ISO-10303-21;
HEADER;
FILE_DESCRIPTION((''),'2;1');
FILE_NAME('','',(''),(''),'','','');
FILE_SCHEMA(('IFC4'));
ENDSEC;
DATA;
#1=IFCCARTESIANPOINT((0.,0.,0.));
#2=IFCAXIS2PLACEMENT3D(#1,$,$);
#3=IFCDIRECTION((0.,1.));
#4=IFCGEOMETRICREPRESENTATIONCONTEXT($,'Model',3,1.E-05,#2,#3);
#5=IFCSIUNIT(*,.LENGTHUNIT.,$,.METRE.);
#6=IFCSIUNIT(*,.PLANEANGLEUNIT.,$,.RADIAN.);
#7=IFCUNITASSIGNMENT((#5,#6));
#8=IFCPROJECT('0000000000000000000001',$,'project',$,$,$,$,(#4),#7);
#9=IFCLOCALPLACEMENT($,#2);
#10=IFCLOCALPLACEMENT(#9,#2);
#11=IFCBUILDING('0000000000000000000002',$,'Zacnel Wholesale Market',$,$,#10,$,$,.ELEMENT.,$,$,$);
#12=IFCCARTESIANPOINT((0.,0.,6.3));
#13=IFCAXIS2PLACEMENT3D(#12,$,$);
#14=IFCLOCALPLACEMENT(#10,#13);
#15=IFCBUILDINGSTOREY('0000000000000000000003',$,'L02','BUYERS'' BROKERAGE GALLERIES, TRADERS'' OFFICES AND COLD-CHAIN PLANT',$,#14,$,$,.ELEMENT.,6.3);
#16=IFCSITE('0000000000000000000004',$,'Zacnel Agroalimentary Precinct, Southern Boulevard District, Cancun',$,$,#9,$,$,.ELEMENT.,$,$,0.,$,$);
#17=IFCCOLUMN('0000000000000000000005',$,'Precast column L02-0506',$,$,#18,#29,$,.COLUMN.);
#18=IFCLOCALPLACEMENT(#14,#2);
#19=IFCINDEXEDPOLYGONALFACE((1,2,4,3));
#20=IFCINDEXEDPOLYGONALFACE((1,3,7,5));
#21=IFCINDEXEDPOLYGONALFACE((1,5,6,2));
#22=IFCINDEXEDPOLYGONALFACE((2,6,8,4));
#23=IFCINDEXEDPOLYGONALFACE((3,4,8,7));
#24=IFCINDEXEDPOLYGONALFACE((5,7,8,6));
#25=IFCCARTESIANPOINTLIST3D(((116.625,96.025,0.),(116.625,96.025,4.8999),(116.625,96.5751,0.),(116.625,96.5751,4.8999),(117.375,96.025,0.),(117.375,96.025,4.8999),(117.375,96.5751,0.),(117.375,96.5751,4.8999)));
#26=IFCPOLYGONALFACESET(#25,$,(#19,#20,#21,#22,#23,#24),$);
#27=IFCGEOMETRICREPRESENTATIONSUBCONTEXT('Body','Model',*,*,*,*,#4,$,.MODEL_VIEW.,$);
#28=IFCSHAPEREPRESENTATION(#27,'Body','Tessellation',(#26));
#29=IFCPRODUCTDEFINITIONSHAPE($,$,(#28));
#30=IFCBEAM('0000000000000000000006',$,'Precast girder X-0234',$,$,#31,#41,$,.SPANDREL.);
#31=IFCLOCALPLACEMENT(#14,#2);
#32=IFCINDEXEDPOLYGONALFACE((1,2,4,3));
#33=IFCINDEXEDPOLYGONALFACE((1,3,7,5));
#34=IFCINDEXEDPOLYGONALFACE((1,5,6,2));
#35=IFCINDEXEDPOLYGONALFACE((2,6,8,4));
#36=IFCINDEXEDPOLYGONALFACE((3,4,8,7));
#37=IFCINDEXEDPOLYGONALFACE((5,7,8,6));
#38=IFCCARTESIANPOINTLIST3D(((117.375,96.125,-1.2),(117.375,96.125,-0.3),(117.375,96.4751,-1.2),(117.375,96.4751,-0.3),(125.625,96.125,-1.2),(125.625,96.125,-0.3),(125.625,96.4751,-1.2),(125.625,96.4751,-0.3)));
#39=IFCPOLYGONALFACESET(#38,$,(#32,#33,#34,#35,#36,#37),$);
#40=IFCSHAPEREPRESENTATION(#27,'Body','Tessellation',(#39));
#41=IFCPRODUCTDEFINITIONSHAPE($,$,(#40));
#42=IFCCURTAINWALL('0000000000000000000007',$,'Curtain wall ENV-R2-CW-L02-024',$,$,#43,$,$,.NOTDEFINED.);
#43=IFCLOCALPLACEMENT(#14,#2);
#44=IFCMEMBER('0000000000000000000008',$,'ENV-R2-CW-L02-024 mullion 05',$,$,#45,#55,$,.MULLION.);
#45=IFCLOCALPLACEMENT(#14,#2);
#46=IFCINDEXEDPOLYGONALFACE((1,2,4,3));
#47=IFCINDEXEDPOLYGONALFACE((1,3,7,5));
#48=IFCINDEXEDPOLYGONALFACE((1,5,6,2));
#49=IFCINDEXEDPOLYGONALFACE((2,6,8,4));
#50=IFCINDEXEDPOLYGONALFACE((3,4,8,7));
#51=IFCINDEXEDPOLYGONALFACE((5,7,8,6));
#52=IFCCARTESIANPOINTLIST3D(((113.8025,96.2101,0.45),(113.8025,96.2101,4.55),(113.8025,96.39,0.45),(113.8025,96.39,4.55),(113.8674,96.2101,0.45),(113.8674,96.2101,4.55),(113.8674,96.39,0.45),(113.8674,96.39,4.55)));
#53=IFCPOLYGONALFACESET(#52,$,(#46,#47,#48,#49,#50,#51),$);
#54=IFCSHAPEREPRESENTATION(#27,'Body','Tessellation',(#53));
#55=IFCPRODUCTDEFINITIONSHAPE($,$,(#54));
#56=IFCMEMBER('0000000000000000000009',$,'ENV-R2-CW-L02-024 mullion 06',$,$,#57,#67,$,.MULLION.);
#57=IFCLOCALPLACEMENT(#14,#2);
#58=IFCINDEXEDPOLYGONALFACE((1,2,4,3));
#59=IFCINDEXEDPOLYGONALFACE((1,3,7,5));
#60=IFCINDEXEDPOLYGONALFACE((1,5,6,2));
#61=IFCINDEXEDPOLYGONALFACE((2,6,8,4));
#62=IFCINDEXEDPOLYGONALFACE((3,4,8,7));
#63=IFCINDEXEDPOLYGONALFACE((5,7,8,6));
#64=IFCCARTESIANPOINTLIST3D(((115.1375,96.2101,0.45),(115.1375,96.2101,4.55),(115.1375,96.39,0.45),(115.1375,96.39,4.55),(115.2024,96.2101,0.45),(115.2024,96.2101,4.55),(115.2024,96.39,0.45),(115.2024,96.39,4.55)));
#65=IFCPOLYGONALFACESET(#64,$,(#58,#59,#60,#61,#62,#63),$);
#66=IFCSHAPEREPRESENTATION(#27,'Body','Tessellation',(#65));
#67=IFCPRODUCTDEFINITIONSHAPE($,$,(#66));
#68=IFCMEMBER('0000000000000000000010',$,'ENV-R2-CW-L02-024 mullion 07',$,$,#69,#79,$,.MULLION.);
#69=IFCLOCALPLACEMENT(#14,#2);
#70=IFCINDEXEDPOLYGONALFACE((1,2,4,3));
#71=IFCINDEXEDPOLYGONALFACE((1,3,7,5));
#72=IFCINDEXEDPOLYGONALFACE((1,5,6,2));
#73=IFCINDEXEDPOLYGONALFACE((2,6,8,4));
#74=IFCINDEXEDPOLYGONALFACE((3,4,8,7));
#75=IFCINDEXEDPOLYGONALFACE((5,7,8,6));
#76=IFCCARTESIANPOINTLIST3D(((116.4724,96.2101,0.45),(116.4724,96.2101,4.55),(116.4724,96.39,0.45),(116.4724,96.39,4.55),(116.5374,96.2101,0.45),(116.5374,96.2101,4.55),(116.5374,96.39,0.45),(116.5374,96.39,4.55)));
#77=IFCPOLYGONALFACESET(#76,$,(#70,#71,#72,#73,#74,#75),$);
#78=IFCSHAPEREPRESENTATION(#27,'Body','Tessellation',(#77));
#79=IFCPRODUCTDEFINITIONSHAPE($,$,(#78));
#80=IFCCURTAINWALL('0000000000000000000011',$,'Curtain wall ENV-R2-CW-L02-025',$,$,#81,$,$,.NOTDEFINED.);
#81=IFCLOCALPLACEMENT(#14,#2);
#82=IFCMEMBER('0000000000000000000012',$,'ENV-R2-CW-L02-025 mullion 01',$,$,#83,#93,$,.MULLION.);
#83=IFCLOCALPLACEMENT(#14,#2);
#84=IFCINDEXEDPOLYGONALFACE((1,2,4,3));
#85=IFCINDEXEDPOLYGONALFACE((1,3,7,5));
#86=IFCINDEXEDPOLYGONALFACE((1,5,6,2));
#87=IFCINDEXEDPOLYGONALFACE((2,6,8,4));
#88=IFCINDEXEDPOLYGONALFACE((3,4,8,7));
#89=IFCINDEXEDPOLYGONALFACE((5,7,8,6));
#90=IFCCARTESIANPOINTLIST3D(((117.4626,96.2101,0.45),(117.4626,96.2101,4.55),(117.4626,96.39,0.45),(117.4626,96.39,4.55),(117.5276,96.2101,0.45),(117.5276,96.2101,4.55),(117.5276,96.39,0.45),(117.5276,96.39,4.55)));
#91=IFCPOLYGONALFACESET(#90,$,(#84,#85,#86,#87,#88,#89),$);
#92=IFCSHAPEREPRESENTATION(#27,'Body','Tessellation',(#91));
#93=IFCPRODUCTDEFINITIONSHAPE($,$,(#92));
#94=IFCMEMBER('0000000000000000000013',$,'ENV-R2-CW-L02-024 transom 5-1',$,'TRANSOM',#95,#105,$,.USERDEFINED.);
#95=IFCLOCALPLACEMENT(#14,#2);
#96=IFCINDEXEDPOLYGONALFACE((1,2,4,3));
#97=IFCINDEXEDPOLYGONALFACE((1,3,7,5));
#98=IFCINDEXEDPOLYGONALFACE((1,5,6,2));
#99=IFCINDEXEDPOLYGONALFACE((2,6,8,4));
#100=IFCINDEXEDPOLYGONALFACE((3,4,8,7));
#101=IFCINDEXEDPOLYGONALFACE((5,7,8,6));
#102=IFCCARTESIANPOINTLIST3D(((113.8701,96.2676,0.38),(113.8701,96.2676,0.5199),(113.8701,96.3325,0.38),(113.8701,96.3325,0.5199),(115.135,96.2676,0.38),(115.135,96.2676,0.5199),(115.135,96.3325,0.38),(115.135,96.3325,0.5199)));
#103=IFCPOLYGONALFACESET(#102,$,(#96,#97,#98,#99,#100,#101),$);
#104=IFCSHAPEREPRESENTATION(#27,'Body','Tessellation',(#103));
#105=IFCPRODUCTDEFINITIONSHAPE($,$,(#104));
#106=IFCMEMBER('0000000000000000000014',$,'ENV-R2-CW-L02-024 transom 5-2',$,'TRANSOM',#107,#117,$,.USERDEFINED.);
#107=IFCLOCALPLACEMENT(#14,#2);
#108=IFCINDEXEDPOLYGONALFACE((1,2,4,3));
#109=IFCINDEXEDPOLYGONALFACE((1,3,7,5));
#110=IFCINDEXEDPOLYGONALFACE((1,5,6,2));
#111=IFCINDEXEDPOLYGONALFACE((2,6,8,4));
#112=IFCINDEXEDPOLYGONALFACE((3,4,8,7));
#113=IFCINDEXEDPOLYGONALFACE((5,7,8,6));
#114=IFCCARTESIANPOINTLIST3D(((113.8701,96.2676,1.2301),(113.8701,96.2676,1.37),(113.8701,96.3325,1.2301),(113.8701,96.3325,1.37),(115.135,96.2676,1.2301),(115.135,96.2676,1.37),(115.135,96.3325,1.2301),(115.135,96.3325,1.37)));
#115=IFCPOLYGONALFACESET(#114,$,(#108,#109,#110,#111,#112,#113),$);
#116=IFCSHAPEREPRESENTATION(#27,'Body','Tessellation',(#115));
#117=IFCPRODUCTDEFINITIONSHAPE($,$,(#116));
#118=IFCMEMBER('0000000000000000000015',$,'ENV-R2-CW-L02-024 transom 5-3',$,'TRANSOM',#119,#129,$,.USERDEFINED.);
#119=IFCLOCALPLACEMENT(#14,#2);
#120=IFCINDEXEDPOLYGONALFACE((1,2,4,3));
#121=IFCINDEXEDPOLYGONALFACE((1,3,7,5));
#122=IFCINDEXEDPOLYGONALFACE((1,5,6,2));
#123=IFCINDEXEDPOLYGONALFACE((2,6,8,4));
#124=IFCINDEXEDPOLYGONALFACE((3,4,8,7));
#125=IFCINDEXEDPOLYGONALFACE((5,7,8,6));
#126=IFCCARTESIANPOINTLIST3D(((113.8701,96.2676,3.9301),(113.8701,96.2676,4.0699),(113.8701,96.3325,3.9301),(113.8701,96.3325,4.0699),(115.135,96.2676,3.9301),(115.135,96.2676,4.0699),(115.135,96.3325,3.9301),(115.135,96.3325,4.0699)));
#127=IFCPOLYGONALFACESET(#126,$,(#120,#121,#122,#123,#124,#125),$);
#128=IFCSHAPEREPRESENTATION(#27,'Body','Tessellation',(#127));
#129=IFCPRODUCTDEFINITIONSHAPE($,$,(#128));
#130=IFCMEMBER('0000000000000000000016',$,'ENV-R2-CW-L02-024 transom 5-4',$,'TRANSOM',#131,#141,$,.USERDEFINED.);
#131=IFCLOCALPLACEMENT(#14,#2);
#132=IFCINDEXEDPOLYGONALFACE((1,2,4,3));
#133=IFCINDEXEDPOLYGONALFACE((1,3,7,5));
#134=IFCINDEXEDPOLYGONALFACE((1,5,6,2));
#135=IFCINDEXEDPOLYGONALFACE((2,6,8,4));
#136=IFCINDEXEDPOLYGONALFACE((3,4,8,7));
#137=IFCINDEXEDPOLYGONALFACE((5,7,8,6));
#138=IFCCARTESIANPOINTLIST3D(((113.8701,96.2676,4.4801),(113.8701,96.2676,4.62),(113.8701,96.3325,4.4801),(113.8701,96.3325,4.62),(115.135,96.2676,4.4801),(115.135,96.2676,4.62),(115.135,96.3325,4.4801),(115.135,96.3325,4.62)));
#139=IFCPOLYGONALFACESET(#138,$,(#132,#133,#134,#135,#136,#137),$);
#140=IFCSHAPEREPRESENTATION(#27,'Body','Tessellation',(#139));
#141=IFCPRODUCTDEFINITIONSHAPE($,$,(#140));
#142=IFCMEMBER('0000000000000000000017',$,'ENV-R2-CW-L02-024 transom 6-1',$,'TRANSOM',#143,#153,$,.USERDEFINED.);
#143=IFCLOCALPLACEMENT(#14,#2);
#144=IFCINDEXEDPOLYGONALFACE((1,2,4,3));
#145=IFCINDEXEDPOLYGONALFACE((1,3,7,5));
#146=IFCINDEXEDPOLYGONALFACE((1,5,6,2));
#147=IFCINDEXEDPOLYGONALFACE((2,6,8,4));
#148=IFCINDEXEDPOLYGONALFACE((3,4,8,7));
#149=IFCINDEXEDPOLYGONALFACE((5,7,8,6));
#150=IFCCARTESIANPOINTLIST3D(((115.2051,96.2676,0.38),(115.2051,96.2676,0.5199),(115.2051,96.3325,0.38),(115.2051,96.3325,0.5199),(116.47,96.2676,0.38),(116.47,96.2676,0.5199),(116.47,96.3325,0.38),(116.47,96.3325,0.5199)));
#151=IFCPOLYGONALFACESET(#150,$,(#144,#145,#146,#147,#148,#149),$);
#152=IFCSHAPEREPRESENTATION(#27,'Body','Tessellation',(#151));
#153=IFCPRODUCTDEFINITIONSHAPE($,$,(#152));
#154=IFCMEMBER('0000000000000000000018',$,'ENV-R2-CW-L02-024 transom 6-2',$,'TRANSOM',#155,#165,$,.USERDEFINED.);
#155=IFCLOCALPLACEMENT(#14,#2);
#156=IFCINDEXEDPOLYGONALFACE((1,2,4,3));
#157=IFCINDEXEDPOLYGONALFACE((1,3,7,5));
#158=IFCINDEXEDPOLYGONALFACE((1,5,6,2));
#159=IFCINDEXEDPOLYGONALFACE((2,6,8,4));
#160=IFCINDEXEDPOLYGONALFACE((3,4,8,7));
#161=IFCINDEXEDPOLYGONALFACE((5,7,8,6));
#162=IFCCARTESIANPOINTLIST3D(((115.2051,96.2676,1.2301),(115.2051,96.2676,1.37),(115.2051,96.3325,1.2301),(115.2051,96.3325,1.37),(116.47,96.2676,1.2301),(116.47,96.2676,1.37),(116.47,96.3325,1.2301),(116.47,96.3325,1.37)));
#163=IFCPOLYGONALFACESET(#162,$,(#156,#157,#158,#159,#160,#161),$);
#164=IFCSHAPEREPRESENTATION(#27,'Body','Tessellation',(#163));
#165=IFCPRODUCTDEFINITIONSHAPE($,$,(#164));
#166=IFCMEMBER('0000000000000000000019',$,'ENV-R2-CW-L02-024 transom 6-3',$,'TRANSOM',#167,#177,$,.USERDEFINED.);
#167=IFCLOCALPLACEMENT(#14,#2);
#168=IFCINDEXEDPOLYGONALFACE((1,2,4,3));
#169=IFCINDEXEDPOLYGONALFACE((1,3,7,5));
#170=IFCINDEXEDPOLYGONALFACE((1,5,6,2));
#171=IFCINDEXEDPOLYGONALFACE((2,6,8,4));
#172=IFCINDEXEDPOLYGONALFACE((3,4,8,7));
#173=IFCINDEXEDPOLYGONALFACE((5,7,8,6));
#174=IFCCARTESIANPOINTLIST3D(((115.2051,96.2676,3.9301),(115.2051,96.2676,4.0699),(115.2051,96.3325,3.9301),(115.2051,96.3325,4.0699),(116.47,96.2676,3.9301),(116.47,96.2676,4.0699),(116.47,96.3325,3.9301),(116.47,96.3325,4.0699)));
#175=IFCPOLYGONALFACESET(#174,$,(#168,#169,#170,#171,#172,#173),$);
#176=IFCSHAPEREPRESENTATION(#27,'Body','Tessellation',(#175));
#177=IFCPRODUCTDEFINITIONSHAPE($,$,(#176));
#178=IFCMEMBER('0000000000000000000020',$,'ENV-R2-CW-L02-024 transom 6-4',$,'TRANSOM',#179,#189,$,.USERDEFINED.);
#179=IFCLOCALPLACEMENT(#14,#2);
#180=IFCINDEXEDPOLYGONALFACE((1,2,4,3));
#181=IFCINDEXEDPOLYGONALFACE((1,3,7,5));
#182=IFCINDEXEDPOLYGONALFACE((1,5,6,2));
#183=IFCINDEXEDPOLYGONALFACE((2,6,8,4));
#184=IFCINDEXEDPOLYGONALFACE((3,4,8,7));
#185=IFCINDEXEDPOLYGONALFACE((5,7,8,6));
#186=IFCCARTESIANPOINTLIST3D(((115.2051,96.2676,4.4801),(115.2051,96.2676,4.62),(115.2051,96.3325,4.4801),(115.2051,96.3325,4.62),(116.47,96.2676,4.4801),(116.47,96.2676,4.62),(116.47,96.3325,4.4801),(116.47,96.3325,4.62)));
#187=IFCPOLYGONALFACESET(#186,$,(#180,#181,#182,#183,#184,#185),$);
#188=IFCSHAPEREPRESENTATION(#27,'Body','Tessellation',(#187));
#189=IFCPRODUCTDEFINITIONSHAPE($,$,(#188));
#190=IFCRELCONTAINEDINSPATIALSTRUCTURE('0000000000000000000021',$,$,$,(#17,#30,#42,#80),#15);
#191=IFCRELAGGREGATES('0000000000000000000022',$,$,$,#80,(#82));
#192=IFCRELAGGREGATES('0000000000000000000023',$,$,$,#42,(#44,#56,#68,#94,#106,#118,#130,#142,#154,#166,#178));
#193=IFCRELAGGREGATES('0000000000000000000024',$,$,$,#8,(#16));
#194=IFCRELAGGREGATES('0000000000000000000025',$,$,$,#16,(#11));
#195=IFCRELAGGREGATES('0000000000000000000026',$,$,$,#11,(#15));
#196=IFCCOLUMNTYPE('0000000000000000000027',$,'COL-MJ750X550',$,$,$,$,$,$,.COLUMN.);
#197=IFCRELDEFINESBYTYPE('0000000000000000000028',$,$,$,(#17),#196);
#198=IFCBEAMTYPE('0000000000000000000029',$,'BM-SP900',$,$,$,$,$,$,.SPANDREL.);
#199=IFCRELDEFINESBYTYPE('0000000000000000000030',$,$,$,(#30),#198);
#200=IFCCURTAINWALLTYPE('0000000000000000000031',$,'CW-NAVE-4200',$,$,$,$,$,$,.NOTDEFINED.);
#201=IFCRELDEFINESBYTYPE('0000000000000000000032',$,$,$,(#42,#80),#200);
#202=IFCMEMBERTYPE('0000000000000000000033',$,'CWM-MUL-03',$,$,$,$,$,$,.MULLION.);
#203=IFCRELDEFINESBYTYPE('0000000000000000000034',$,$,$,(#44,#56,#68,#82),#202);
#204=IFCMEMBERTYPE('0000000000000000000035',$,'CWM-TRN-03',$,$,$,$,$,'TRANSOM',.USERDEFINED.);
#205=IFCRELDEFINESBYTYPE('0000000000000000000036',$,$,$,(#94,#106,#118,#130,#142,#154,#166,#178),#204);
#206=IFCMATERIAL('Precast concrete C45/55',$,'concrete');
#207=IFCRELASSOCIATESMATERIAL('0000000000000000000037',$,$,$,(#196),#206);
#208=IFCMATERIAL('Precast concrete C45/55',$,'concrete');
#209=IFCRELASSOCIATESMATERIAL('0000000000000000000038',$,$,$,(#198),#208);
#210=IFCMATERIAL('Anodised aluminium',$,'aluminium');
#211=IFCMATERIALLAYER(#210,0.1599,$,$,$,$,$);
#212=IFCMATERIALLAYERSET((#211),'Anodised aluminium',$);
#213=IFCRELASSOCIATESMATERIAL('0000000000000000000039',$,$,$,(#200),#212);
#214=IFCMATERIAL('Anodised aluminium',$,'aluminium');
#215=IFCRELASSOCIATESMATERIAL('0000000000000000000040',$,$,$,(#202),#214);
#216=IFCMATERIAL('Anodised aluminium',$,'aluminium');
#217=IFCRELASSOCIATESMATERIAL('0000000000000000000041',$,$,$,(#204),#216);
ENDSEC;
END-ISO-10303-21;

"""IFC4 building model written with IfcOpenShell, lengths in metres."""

from ifc_helpers import new_model, si_unit, direction, frame, origin, origin_2d, place, context, subcontext, project, spatial, rectangle, extrude, material, layer, layer_set, material_profile, profile_set, type_object, element, aggregate, save


model = new_model("IFC4")

# Units and contexts
model_context = context("Model", 3, precision=1e-05, world=origin(), true_north=direction((0.0, 1.0)))
body_context = subcontext(model_context, "Body", "Model", "MODEL_VIEW")
ifc_project = project(units=[si_unit("LENGTHUNIT", "METRE"), si_unit("PLANEANGLEUNIT", "RADIAN")], contexts=[model_context])

# Site, building, storey
site_placement = place(None, origin())
site = spatial("IfcSite", under=ifc_project, at=site_placement, Name="Zacnel Agroalimentary Precinct, Southern Boulevard District, Cancun", CompositionType="ELEMENT", RefElevation=0.0)
building_placement = place(site_placement, origin())
building = spatial("IfcBuilding", under=site, at=building_placement, Name="Zacnel Wholesale Market", CompositionType="ELEMENT")
storey_placement = place(building_placement, frame((0.0, 0.0, 6.3)))
storey = spatial("IfcBuildingStorey", under=building, at=storey_placement, Name="L02", Description="BUYERS' BROKERAGE GALLERIES, TRADERS' OFFICES AND COLD-CHAIN PLANT", CompositionType="ELEMENT", Elevation=6.3)

# Column
ifc_material_1 = material(Name="Precast concrete C45/55", Category="concrete")
ifc_material_profile_1 = material_profile(ifc_material_1, rectangle(XDim=0.75, YDim=0.55, at=origin_2d()), Name="PC 750x550")
ifc_profile_set_1 = profile_set([ifc_material_profile_1], Name="Precast concrete C45/55")
column_type = type_object("IfcColumnType", Name="COL-MJ750X550", PredefinedType="COLUMN", material=ifc_profile_set_1)
column_placement = place(storey_placement, frame((117.0, 96.3, 0.0), z_axis=(0.0, 0.0, 1.0), x_axis=(1.0, 0.0, 0.0)))
element("IfcColumn", 1, at=column_placement, inside=storey, type_object=column_type, Name="Precast column L02-0506", PredefinedType="COLUMN", context=body_context, shape_type="SweptSolid", body=[
    extrude(rectangle(XDim=0.75, YDim=0.55, at=origin_2d()), origin(), (0.0, 0.0, 1.0), 4.8999),
])

# Beam
ifc_material_2 = material(Name="Precast concrete C45/55", Category="concrete")
ifc_material_profile_2 = material_profile(ifc_material_2, rectangle(XDim=0.3501, YDim=0.8999, at=origin_2d()), Name="SP 350x900")
ifc_profile_set_2 = profile_set([ifc_material_profile_2], Name="Precast concrete C45/55")
beam_type = type_object("IfcBeamType", Name="BM-SP900", PredefinedType="SPANDREL", material=ifc_profile_set_2)
beam_placement = place(storey_placement, frame((117.375, 96.3, -0.75), z_axis=(1.0, 0.0, 0.0), x_axis=(0.0, 1.0, 0.0)))
element("IfcBeam", 2, at=beam_placement, inside=storey, type_object=beam_type, Name="Precast girder X-0234", PredefinedType="SPANDREL", context=body_context, shape_type="SweptSolid", body=[
    extrude(rectangle(XDim=0.3501, YDim=0.8999, at=origin_2d()), origin(), (0.0, 0.0, 1.0), 8.25),
])

# Curtain wall, members
ifc_material_3 = material(Name="Anodised aluminium", Category="aluminium")
ifc_layer_1 = layer(ifc_material_3, 0.1599)
ifc_layer_set_1 = layer_set([ifc_layer_1], Name="Anodised aluminium")
curtain_wall_type = type_object("IfcCurtainWallType", Name="CW-NAVE-4200", PredefinedType="NOTDEFINED", material=ifc_layer_set_1)
curtain_wall_1_placement = place(storey_placement, origin())
curtain_wall_1 = element("IfcCurtainWall", 3, at=curtain_wall_1_placement, inside=storey, type_object=curtain_wall_type, Name="Curtain wall ENV-R2-CW-L02-024", PredefinedType="NOTDEFINED")
ifc_material_4 = material(Name="Anodised aluminium", Category="aluminium")
ifc_material_profile_3 = material_profile(ifc_material_4, rectangle(XDim=0.0649, YDim=0.1799, at=origin_2d()), Name="AW-MULLION 65x180")
ifc_profile_set_3 = profile_set([ifc_material_profile_3], Name="Anodised aluminium")
member_type_1 = type_object("IfcMemberType", Name="CWM-MUL-03", PredefinedType="MULLION", material=ifc_profile_set_3)
member_1_placement = place(storey_placement, frame((113.835, 96.3, 0.45), z_axis=(0.0, 0.0, 1.0), x_axis=(1.0, 0.0, 0.0)))
member_1 = element("IfcMember", 4, at=member_1_placement, type_object=member_type_1, Name="ENV-R2-CW-L02-024 mullion 05", PredefinedType="MULLION", context=body_context, shape_type="SweptSolid", body=[
    extrude(rectangle(XDim=0.0649, YDim=0.1799, at=origin_2d()), origin(), (0.0, 0.0, 1.0), 4.1001),
])
member_2_placement = place(storey_placement, frame((115.1699, 96.3, 0.45), z_axis=(0.0, 0.0, 1.0), x_axis=(1.0, 0.0, 0.0)))
member_2 = element("IfcMember", 5, at=member_2_placement, type_object=member_type_1, Name="ENV-R2-CW-L02-024 mullion 06", PredefinedType="MULLION", context=body_context, shape_type="SweptSolid", body=[
    extrude(rectangle(XDim=0.0649, YDim=0.1799, at=origin_2d()), origin(), (0.0, 0.0, 1.0), 4.1001),
])
member_3_placement = place(storey_placement, frame((116.5049, 96.3, 0.45), z_axis=(0.0, 0.0, 1.0), x_axis=(1.0, 0.0, 0.0)))
member_3 = element("IfcMember", 6, at=member_3_placement, type_object=member_type_1, Name="ENV-R2-CW-L02-024 mullion 07", PredefinedType="MULLION", context=body_context, shape_type="SweptSolid", body=[
    extrude(rectangle(XDim=0.0649, YDim=0.1799, at=origin_2d()), origin(), (0.0, 0.0, 1.0), 4.1001),
])

# Curtain wall, member
curtain_wall_2_placement = place(storey_placement, origin())
curtain_wall_2 = element("IfcCurtainWall", 7, at=curtain_wall_2_placement, inside=storey, type_object=curtain_wall_type, Name="Curtain wall ENV-R2-CW-L02-025", PredefinedType="NOTDEFINED")
member_4_placement = place(storey_placement, frame((117.4951, 96.3, 0.45), z_axis=(0.0, 0.0, 1.0), x_axis=(1.0, 0.0, 0.0)))
member_4 = element("IfcMember", 8, at=member_4_placement, type_object=member_type_1, Name="ENV-R2-CW-L02-025 mullion 01", PredefinedType="MULLION", context=body_context, shape_type="SweptSolid", body=[
    extrude(rectangle(XDim=0.0649, YDim=0.1799, at=origin_2d()), origin(), (0.0, 0.0, 1.0), 4.1001),
])

# Members
ifc_material_5 = material(Name="Anodised aluminium", Category="aluminium")
ifc_material_profile_4 = material_profile(ifc_material_5, rectangle(XDim=0.0649, YDim=0.1399, at=origin_2d()), Name="AW-TRANSOM 65x140")
ifc_profile_set_4 = profile_set([ifc_material_profile_4], Name="Anodised aluminium")
member_type_2 = type_object("IfcMemberType", Name="CWM-TRN-03", ElementType="TRANSOM", PredefinedType="USERDEFINED", material=ifc_profile_set_4)
member_5_placement = place(storey_placement, frame((113.8701, 96.3, 0.45), z_axis=(1.0, 0.0, 0.0), x_axis=(0.0, 1.0, 0.0)))
member_5 = element("IfcMember", 9, at=member_5_placement, type_object=member_type_2, Name="ENV-R2-CW-L02-024 transom 5-1", ObjectType="TRANSOM", PredefinedType="USERDEFINED", context=body_context, shape_type="SweptSolid", body=[
    extrude(rectangle(XDim=0.0649, YDim=0.1399, at=origin_2d()), origin(), (0.0, 0.0, 1.0), 1.2649),
])
member_6_placement = place(storey_placement, frame((113.8701, 96.3, 1.3), z_axis=(1.0, 0.0, 0.0), x_axis=(0.0, 1.0, 0.0)))
member_6 = element("IfcMember", 10, at=member_6_placement, type_object=member_type_2, Name="ENV-R2-CW-L02-024 transom 5-2", ObjectType="TRANSOM", PredefinedType="USERDEFINED", context=body_context, shape_type="SweptSolid", body=[
    extrude(rectangle(XDim=0.0649, YDim=0.1399, at=origin_2d()), origin(), (0.0, 0.0, 1.0), 1.2649),
])
member_7_placement = place(storey_placement, frame((113.8701, 96.3, 4.0), z_axis=(1.0, 0.0, 0.0), x_axis=(0.0, 1.0, 0.0)))
member_7 = element("IfcMember", 11, at=member_7_placement, type_object=member_type_2, Name="ENV-R2-CW-L02-024 transom 5-3", ObjectType="TRANSOM", PredefinedType="USERDEFINED", context=body_context, shape_type="SweptSolid", body=[
    extrude(rectangle(XDim=0.0649, YDim=0.1399, at=origin_2d()), origin(), (0.0, 0.0, 1.0), 1.2649),
])
member_8_placement = place(storey_placement, frame((113.8701, 96.3, 4.55), z_axis=(1.0, 0.0, 0.0), x_axis=(0.0, 1.0, 0.0)))
member_8 = element("IfcMember", 12, at=member_8_placement, type_object=member_type_2, Name="ENV-R2-CW-L02-024 transom 5-4", ObjectType="TRANSOM", PredefinedType="USERDEFINED", context=body_context, shape_type="SweptSolid", body=[
    extrude(rectangle(XDim=0.0649, YDim=0.1399, at=origin_2d()), origin(), (0.0, 0.0, 1.0), 1.2649),
])
member_9_placement = place(storey_placement, frame((115.2051, 96.3, 0.45), z_axis=(1.0, 0.0, 0.0), x_axis=(0.0, 1.0, 0.0)))
member_9 = element("IfcMember", 13, at=member_9_placement, type_object=member_type_2, Name="ENV-R2-CW-L02-024 transom 6-1", ObjectType="TRANSOM", PredefinedType="USERDEFINED", context=body_context, shape_type="SweptSolid", body=[
    extrude(rectangle(XDim=0.0649, YDim=0.1399, at=origin_2d()), origin(), (0.0, 0.0, 1.0), 1.2649),
])
member_10_placement = place(storey_placement, frame((115.2051, 96.3, 1.3), z_axis=(1.0, 0.0, 0.0), x_axis=(0.0, 1.0, 0.0)))
member_10 = element("IfcMember", 14, at=member_10_placement, type_object=member_type_2, Name="ENV-R2-CW-L02-024 transom 6-2", ObjectType="TRANSOM", PredefinedType="USERDEFINED", context=body_context, shape_type="SweptSolid", body=[
    extrude(rectangle(XDim=0.0649, YDim=0.1399, at=origin_2d()), origin(), (0.0, 0.0, 1.0), 1.2649),
])
member_11_placement = place(storey_placement, frame((115.2051, 96.3, 4.0), z_axis=(1.0, 0.0, 0.0), x_axis=(0.0, 1.0, 0.0)))
member_11 = element("IfcMember", 15, at=member_11_placement, type_object=member_type_2, Name="ENV-R2-CW-L02-024 transom 6-3", ObjectType="TRANSOM", PredefinedType="USERDEFINED", context=body_context, shape_type="SweptSolid", body=[
    extrude(rectangle(XDim=0.0649, YDim=0.1399, at=origin_2d()), origin(), (0.0, 0.0, 1.0), 1.2649),
])
member_12_placement = place(storey_placement, frame((115.2051, 96.3, 4.55), z_axis=(1.0, 0.0, 0.0), x_axis=(0.0, 1.0, 0.0)))
member_12 = element("IfcMember", 16, at=member_12_placement, type_object=member_type_2, Name="ENV-R2-CW-L02-024 transom 6-4", ObjectType="TRANSOM", PredefinedType="USERDEFINED", context=body_context, shape_type="SweptSolid", body=[
    extrude(rectangle(XDim=0.0649, YDim=0.1399, at=origin_2d()), origin(), (0.0, 0.0, 1.0), 1.2649),
])

aggregate(curtain_wall_2, [member_4])
aggregate(curtain_wall_1, [member_1, member_2, member_3, member_5, member_6, member_7, member_8, member_9, member_10, member_11, member_12])

save(model, "model.ifc")
